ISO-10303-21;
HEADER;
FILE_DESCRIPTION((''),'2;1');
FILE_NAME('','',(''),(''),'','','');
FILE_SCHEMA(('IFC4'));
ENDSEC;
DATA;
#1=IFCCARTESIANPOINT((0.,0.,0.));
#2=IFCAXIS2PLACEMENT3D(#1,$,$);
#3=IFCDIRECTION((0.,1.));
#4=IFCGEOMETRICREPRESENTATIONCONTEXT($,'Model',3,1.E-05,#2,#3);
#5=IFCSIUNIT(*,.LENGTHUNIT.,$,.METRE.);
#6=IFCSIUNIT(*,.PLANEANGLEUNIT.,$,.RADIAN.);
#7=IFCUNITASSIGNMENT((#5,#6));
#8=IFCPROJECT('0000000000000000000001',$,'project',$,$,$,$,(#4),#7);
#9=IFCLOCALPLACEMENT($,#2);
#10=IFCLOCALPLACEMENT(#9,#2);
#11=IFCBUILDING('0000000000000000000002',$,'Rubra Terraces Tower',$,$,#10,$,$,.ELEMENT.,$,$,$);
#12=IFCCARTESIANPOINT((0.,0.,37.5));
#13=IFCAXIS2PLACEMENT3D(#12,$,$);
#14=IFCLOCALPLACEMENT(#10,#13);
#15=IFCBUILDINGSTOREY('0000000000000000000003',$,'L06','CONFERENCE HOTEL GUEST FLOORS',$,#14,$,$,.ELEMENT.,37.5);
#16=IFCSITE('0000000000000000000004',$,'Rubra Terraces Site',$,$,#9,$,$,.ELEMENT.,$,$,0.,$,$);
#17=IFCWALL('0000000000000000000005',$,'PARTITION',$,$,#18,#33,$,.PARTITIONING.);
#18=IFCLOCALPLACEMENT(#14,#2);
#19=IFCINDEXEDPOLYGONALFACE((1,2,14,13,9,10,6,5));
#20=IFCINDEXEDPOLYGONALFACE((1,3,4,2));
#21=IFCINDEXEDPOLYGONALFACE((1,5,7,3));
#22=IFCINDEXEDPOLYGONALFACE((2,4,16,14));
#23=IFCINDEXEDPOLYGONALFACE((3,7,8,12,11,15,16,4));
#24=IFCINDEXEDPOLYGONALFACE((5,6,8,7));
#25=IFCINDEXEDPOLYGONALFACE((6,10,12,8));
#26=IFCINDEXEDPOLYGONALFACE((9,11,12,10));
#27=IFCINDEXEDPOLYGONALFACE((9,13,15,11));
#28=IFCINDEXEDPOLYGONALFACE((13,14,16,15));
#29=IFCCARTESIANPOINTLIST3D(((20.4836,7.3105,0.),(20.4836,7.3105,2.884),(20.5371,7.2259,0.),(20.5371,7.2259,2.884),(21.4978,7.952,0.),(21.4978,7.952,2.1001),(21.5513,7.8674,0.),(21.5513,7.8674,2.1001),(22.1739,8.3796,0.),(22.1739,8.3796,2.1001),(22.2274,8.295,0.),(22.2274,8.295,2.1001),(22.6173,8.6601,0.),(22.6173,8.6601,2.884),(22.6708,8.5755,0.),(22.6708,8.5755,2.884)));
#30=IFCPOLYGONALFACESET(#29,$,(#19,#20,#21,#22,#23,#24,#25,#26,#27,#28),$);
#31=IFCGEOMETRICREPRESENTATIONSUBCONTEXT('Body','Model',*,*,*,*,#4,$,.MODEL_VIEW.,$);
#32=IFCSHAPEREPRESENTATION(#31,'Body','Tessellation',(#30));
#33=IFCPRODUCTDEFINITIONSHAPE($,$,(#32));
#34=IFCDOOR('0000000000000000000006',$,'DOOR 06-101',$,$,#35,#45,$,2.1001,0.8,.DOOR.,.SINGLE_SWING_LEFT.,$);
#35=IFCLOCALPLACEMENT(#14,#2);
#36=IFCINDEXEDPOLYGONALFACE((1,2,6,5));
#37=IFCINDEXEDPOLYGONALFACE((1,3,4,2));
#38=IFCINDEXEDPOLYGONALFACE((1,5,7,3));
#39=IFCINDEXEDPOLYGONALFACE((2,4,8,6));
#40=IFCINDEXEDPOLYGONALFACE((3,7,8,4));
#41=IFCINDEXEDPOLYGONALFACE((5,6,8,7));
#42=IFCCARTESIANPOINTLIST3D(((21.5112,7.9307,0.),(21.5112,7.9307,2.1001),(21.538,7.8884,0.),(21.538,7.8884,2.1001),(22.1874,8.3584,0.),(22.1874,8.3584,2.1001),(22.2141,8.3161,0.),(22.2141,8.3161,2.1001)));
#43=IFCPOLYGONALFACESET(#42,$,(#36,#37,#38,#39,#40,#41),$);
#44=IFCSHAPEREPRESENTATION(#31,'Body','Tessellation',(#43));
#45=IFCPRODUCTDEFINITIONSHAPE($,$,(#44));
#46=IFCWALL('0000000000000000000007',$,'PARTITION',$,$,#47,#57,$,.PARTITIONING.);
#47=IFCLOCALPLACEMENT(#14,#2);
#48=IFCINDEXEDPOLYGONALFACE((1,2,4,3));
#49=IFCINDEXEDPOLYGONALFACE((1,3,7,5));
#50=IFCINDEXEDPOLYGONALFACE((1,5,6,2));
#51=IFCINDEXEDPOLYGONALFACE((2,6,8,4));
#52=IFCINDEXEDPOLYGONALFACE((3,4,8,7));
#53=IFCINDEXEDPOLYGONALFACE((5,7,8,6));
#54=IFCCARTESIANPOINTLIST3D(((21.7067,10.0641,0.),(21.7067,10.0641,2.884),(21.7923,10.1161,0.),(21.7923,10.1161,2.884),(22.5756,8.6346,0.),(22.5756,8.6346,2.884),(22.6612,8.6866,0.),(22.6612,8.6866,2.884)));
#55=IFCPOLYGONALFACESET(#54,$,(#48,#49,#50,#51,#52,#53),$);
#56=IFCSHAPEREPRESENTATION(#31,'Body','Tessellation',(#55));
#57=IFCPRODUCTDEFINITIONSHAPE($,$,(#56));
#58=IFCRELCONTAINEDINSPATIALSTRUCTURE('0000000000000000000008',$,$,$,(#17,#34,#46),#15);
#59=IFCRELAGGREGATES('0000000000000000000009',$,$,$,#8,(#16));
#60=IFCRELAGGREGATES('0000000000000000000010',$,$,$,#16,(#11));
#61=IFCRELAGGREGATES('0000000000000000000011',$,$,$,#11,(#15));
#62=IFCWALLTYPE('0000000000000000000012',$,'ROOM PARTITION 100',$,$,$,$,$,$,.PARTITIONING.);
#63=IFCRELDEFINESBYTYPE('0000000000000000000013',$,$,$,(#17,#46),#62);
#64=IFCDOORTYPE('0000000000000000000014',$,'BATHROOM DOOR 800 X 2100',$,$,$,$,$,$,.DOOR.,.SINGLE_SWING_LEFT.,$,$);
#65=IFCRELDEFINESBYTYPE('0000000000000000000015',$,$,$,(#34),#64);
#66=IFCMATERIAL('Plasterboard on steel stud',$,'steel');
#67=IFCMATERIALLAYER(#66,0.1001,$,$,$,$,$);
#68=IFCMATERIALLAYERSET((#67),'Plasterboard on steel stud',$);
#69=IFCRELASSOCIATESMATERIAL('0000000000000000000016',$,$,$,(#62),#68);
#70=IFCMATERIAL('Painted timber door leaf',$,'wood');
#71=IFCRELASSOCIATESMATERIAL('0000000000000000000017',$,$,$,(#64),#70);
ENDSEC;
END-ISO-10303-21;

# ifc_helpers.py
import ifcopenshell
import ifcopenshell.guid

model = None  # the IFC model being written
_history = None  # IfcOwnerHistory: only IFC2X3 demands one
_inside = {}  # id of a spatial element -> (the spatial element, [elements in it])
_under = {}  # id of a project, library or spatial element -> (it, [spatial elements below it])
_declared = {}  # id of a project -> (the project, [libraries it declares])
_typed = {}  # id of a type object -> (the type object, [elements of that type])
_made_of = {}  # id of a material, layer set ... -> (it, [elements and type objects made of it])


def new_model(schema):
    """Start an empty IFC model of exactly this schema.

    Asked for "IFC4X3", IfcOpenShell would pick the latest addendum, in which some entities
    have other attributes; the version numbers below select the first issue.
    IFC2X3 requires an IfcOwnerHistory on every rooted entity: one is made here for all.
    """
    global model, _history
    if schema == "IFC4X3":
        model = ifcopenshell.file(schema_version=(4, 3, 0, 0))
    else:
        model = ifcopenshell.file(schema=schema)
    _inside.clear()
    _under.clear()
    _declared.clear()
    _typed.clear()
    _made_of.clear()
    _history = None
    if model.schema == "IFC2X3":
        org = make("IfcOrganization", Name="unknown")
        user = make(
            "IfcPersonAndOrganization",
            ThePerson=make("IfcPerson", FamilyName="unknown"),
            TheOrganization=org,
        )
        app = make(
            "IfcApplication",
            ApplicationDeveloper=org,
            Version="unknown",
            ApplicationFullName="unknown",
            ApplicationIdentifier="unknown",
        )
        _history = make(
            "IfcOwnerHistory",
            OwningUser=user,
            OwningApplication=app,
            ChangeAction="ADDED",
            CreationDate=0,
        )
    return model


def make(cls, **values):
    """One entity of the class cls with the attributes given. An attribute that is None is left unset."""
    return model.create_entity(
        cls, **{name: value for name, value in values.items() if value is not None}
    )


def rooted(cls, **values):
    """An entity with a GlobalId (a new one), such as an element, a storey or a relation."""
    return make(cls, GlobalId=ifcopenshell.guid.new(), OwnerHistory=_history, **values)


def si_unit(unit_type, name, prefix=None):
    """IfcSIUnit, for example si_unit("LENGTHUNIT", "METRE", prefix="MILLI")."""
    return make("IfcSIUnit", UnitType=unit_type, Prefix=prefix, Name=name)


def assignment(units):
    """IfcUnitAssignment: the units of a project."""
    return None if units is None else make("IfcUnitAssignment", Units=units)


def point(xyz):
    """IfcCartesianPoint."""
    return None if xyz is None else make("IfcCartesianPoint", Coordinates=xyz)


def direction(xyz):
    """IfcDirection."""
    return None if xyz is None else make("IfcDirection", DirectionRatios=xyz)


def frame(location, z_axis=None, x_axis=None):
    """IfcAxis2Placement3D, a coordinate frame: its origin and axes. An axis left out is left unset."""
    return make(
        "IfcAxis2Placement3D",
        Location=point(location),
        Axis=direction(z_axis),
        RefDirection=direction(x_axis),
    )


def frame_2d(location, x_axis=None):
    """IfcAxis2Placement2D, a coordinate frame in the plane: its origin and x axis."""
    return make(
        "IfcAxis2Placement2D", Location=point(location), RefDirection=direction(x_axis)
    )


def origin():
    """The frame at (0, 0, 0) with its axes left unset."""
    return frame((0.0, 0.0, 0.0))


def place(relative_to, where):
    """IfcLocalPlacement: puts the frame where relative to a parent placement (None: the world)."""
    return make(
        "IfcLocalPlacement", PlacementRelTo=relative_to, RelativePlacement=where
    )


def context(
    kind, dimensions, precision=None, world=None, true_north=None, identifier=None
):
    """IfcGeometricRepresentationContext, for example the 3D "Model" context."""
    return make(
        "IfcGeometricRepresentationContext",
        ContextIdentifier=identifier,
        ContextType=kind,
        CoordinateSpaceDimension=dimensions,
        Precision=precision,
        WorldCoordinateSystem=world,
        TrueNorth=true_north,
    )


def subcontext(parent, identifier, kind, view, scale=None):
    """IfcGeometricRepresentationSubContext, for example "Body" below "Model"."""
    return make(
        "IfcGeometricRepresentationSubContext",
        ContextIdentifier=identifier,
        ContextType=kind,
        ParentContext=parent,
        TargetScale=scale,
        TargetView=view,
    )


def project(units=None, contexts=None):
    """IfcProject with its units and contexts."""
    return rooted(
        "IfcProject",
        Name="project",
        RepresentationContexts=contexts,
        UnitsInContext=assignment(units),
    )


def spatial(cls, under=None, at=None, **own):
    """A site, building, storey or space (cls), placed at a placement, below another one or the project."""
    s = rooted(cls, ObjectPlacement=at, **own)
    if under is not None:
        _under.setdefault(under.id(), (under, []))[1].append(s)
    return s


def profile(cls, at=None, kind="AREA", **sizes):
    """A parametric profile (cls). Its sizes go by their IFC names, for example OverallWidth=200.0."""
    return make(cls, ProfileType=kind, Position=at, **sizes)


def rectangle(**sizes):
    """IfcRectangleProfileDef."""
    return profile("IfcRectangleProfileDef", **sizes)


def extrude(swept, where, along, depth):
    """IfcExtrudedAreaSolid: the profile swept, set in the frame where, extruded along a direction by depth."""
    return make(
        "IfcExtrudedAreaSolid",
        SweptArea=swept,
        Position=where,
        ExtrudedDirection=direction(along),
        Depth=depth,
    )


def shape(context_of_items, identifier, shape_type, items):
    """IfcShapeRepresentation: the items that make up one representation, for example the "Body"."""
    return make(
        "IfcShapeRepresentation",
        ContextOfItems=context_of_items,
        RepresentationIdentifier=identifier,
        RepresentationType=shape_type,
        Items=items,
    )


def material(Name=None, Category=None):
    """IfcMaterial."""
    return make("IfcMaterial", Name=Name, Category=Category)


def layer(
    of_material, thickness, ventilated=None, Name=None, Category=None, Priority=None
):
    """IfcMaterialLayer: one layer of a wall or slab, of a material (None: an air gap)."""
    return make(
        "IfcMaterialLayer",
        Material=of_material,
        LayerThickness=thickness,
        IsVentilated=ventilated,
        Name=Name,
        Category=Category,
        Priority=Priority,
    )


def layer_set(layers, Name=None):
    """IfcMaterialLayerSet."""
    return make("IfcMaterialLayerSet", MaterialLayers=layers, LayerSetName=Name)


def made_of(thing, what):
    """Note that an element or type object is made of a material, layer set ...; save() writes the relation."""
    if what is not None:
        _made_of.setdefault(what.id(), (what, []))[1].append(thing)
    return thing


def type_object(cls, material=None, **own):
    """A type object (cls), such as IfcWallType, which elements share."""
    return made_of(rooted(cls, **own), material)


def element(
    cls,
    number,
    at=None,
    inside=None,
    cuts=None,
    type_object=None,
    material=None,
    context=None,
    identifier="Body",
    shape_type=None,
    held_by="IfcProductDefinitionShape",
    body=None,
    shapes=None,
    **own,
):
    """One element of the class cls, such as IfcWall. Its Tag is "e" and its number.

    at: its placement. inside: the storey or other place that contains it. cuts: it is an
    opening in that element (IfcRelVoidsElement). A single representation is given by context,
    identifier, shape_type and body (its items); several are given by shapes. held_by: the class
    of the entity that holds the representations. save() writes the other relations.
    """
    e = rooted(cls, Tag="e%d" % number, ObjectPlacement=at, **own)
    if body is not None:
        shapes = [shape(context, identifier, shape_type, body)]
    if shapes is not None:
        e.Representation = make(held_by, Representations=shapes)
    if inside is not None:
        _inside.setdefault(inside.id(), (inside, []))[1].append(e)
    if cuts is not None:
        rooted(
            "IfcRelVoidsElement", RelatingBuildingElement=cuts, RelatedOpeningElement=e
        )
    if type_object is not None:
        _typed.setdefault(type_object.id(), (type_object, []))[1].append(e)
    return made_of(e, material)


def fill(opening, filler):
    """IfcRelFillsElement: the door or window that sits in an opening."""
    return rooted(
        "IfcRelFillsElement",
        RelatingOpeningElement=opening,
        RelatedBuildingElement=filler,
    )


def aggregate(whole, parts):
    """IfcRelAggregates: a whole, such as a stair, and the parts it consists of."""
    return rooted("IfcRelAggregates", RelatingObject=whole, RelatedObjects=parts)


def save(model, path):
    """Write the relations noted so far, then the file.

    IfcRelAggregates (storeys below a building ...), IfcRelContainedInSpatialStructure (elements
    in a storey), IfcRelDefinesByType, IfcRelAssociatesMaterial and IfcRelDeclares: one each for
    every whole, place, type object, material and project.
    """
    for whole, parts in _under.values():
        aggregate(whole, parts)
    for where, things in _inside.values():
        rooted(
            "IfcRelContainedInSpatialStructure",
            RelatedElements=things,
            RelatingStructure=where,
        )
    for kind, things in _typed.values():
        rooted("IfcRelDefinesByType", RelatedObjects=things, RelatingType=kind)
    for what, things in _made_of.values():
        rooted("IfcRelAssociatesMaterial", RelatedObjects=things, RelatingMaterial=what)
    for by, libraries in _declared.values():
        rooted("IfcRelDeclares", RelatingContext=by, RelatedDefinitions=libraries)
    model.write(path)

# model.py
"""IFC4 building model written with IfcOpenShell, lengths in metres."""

from ifc_helpers import new_model, si_unit, direction, frame, frame_2d, origin, place, context, subcontext, project, spatial, rectangle, extrude, material, layer, layer_set, type_object, element, fill, save


model = new_model("IFC4")

# Units and contexts
model_context = context("Model", 3, precision=1e-05, world=origin(), true_north=direction((0.0, 1.0)))
body_context = subcontext(model_context, "Body", "Model", "MODEL_VIEW")
ifc_project = project(units=[si_unit("LENGTHUNIT", "METRE"), si_unit("PLANEANGLEUNIT", "RADIAN")], contexts=[model_context])

# Site, building, storey
site_placement = place(None, origin())
site = spatial("IfcSite", under=ifc_project, at=site_placement, Name="Rubra Terraces Site", CompositionType="ELEMENT", RefElevation=0.0)
building_placement = place(site_placement, origin())
building = spatial("IfcBuilding", under=site, at=building_placement, Name="Rubra Terraces Tower", CompositionType="ELEMENT")
storey_placement = place(building_placement, frame((0.0, 0.0, 37.5)))
storey = spatial("IfcBuildingStorey", under=building, at=storey_placement, Name="L06", Description="CONFERENCE HOTEL GUEST FLOORS", CompositionType="ELEMENT", Elevation=37.5)

# Shared definitions
ifc_material_1 = material(Name="Painted timber door leaf", Category="wood")

# Wall, opening, door
ifc_material_2 = material(Name="Plasterboard on steel stud", Category="steel")
ifc_layer_1 = layer(ifc_material_2, 0.1001)
ifc_layer_set_1 = layer_set([ifc_layer_1], Name="Plasterboard on steel stud")
wall_type_1 = type_object("IfcWallType", Name="ROOM PARTITION 100", PredefinedType="PARTITIONING", material=ifc_layer_set_1)
wall_1_placement = place(storey_placement, frame((20.5105, 7.2683, 0.0), z_axis=(0.0, 0.0, 1.0), x_axis=(0.845139, 0.534546, 0.0)))
wall_1 = element("IfcWall", 1, at=wall_1_placement, inside=storey, type_object=wall_type_1, Name="PARTITION", PredefinedType="PARTITIONING", context=body_context, shape_type="SweptSolid", body=[
    extrude(rectangle(XDim=2.5247, YDim=0.1001, at=frame_2d((1.2622, 0.0))), origin(), (0.0, 0.0, 1.0), 2.884),
])
opening_1_placement = place(wall_1_placement, frame((1.2, 0.0, 0.0)))
opening_1 = element("IfcOpeningElement", 2, at=opening_1_placement, cuts=wall_1, PredefinedType="OPENING", context=body_context, shape_type="SweptSolid", body=[
    extrude(rectangle(XDim=0.8, YDim=2.1001, at=frame_2d((0.3999, 1.05))), frame((0.0, 0.0601, 0.0), z_axis=(0.0, -1.0, 0.0), x_axis=(1.0, 0.0, 0.0)), (0.0, 0.0, 1.0), 0.1201),
])
door_type_1 = type_object("IfcDoorType", Name="BATHROOM DOOR 800 X 2100", OperationType="SINGLE_SWING_LEFT", PredefinedType="DOOR", material=ifc_material_1)
door_1_placement = place(opening_1_placement, origin())
door_1 = element("IfcDoor", 3, at=door_1_placement, inside=storey, type_object=door_type_1, Name="DOOR 06-101", OperationType="SINGLE_SWING_LEFT", OverallHeight=2.1001, OverallWidth=0.8, PredefinedType="DOOR", context=body_context, shape_type="SweptSolid", body=[
    extrude(rectangle(XDim=0.8, YDim=2.1001, at=frame_2d((0.3999, 1.05))), frame((0.0, 0.0249, 0.0), z_axis=(0.0, -1.0, 0.0), x_axis=(1.0, 0.0, 0.0)), (0.0, 0.0, 1.0), 0.05),
])
fill(opening_1, door_1)

# Wall
wall_2_placement = place(storey_placement, frame((22.6184, 8.6606, 0.0), z_axis=(0.0, 0.0, 1.0), x_axis=(-0.519424, 0.854517, 0.0)))
element("IfcWall", 4, at=wall_2_placement, inside=storey, type_object=wall_type_1, Name="PARTITION", PredefinedType="PARTITIONING", context=body_context, shape_type="SweptSolid", body=[
    extrude(rectangle(XDim=1.6729, YDim=0.1001, at=frame_2d((0.8364, 0.0))), origin(), (0.0, 0.0, 1.0), 2.884),
])

save(model, "model.ifc")
